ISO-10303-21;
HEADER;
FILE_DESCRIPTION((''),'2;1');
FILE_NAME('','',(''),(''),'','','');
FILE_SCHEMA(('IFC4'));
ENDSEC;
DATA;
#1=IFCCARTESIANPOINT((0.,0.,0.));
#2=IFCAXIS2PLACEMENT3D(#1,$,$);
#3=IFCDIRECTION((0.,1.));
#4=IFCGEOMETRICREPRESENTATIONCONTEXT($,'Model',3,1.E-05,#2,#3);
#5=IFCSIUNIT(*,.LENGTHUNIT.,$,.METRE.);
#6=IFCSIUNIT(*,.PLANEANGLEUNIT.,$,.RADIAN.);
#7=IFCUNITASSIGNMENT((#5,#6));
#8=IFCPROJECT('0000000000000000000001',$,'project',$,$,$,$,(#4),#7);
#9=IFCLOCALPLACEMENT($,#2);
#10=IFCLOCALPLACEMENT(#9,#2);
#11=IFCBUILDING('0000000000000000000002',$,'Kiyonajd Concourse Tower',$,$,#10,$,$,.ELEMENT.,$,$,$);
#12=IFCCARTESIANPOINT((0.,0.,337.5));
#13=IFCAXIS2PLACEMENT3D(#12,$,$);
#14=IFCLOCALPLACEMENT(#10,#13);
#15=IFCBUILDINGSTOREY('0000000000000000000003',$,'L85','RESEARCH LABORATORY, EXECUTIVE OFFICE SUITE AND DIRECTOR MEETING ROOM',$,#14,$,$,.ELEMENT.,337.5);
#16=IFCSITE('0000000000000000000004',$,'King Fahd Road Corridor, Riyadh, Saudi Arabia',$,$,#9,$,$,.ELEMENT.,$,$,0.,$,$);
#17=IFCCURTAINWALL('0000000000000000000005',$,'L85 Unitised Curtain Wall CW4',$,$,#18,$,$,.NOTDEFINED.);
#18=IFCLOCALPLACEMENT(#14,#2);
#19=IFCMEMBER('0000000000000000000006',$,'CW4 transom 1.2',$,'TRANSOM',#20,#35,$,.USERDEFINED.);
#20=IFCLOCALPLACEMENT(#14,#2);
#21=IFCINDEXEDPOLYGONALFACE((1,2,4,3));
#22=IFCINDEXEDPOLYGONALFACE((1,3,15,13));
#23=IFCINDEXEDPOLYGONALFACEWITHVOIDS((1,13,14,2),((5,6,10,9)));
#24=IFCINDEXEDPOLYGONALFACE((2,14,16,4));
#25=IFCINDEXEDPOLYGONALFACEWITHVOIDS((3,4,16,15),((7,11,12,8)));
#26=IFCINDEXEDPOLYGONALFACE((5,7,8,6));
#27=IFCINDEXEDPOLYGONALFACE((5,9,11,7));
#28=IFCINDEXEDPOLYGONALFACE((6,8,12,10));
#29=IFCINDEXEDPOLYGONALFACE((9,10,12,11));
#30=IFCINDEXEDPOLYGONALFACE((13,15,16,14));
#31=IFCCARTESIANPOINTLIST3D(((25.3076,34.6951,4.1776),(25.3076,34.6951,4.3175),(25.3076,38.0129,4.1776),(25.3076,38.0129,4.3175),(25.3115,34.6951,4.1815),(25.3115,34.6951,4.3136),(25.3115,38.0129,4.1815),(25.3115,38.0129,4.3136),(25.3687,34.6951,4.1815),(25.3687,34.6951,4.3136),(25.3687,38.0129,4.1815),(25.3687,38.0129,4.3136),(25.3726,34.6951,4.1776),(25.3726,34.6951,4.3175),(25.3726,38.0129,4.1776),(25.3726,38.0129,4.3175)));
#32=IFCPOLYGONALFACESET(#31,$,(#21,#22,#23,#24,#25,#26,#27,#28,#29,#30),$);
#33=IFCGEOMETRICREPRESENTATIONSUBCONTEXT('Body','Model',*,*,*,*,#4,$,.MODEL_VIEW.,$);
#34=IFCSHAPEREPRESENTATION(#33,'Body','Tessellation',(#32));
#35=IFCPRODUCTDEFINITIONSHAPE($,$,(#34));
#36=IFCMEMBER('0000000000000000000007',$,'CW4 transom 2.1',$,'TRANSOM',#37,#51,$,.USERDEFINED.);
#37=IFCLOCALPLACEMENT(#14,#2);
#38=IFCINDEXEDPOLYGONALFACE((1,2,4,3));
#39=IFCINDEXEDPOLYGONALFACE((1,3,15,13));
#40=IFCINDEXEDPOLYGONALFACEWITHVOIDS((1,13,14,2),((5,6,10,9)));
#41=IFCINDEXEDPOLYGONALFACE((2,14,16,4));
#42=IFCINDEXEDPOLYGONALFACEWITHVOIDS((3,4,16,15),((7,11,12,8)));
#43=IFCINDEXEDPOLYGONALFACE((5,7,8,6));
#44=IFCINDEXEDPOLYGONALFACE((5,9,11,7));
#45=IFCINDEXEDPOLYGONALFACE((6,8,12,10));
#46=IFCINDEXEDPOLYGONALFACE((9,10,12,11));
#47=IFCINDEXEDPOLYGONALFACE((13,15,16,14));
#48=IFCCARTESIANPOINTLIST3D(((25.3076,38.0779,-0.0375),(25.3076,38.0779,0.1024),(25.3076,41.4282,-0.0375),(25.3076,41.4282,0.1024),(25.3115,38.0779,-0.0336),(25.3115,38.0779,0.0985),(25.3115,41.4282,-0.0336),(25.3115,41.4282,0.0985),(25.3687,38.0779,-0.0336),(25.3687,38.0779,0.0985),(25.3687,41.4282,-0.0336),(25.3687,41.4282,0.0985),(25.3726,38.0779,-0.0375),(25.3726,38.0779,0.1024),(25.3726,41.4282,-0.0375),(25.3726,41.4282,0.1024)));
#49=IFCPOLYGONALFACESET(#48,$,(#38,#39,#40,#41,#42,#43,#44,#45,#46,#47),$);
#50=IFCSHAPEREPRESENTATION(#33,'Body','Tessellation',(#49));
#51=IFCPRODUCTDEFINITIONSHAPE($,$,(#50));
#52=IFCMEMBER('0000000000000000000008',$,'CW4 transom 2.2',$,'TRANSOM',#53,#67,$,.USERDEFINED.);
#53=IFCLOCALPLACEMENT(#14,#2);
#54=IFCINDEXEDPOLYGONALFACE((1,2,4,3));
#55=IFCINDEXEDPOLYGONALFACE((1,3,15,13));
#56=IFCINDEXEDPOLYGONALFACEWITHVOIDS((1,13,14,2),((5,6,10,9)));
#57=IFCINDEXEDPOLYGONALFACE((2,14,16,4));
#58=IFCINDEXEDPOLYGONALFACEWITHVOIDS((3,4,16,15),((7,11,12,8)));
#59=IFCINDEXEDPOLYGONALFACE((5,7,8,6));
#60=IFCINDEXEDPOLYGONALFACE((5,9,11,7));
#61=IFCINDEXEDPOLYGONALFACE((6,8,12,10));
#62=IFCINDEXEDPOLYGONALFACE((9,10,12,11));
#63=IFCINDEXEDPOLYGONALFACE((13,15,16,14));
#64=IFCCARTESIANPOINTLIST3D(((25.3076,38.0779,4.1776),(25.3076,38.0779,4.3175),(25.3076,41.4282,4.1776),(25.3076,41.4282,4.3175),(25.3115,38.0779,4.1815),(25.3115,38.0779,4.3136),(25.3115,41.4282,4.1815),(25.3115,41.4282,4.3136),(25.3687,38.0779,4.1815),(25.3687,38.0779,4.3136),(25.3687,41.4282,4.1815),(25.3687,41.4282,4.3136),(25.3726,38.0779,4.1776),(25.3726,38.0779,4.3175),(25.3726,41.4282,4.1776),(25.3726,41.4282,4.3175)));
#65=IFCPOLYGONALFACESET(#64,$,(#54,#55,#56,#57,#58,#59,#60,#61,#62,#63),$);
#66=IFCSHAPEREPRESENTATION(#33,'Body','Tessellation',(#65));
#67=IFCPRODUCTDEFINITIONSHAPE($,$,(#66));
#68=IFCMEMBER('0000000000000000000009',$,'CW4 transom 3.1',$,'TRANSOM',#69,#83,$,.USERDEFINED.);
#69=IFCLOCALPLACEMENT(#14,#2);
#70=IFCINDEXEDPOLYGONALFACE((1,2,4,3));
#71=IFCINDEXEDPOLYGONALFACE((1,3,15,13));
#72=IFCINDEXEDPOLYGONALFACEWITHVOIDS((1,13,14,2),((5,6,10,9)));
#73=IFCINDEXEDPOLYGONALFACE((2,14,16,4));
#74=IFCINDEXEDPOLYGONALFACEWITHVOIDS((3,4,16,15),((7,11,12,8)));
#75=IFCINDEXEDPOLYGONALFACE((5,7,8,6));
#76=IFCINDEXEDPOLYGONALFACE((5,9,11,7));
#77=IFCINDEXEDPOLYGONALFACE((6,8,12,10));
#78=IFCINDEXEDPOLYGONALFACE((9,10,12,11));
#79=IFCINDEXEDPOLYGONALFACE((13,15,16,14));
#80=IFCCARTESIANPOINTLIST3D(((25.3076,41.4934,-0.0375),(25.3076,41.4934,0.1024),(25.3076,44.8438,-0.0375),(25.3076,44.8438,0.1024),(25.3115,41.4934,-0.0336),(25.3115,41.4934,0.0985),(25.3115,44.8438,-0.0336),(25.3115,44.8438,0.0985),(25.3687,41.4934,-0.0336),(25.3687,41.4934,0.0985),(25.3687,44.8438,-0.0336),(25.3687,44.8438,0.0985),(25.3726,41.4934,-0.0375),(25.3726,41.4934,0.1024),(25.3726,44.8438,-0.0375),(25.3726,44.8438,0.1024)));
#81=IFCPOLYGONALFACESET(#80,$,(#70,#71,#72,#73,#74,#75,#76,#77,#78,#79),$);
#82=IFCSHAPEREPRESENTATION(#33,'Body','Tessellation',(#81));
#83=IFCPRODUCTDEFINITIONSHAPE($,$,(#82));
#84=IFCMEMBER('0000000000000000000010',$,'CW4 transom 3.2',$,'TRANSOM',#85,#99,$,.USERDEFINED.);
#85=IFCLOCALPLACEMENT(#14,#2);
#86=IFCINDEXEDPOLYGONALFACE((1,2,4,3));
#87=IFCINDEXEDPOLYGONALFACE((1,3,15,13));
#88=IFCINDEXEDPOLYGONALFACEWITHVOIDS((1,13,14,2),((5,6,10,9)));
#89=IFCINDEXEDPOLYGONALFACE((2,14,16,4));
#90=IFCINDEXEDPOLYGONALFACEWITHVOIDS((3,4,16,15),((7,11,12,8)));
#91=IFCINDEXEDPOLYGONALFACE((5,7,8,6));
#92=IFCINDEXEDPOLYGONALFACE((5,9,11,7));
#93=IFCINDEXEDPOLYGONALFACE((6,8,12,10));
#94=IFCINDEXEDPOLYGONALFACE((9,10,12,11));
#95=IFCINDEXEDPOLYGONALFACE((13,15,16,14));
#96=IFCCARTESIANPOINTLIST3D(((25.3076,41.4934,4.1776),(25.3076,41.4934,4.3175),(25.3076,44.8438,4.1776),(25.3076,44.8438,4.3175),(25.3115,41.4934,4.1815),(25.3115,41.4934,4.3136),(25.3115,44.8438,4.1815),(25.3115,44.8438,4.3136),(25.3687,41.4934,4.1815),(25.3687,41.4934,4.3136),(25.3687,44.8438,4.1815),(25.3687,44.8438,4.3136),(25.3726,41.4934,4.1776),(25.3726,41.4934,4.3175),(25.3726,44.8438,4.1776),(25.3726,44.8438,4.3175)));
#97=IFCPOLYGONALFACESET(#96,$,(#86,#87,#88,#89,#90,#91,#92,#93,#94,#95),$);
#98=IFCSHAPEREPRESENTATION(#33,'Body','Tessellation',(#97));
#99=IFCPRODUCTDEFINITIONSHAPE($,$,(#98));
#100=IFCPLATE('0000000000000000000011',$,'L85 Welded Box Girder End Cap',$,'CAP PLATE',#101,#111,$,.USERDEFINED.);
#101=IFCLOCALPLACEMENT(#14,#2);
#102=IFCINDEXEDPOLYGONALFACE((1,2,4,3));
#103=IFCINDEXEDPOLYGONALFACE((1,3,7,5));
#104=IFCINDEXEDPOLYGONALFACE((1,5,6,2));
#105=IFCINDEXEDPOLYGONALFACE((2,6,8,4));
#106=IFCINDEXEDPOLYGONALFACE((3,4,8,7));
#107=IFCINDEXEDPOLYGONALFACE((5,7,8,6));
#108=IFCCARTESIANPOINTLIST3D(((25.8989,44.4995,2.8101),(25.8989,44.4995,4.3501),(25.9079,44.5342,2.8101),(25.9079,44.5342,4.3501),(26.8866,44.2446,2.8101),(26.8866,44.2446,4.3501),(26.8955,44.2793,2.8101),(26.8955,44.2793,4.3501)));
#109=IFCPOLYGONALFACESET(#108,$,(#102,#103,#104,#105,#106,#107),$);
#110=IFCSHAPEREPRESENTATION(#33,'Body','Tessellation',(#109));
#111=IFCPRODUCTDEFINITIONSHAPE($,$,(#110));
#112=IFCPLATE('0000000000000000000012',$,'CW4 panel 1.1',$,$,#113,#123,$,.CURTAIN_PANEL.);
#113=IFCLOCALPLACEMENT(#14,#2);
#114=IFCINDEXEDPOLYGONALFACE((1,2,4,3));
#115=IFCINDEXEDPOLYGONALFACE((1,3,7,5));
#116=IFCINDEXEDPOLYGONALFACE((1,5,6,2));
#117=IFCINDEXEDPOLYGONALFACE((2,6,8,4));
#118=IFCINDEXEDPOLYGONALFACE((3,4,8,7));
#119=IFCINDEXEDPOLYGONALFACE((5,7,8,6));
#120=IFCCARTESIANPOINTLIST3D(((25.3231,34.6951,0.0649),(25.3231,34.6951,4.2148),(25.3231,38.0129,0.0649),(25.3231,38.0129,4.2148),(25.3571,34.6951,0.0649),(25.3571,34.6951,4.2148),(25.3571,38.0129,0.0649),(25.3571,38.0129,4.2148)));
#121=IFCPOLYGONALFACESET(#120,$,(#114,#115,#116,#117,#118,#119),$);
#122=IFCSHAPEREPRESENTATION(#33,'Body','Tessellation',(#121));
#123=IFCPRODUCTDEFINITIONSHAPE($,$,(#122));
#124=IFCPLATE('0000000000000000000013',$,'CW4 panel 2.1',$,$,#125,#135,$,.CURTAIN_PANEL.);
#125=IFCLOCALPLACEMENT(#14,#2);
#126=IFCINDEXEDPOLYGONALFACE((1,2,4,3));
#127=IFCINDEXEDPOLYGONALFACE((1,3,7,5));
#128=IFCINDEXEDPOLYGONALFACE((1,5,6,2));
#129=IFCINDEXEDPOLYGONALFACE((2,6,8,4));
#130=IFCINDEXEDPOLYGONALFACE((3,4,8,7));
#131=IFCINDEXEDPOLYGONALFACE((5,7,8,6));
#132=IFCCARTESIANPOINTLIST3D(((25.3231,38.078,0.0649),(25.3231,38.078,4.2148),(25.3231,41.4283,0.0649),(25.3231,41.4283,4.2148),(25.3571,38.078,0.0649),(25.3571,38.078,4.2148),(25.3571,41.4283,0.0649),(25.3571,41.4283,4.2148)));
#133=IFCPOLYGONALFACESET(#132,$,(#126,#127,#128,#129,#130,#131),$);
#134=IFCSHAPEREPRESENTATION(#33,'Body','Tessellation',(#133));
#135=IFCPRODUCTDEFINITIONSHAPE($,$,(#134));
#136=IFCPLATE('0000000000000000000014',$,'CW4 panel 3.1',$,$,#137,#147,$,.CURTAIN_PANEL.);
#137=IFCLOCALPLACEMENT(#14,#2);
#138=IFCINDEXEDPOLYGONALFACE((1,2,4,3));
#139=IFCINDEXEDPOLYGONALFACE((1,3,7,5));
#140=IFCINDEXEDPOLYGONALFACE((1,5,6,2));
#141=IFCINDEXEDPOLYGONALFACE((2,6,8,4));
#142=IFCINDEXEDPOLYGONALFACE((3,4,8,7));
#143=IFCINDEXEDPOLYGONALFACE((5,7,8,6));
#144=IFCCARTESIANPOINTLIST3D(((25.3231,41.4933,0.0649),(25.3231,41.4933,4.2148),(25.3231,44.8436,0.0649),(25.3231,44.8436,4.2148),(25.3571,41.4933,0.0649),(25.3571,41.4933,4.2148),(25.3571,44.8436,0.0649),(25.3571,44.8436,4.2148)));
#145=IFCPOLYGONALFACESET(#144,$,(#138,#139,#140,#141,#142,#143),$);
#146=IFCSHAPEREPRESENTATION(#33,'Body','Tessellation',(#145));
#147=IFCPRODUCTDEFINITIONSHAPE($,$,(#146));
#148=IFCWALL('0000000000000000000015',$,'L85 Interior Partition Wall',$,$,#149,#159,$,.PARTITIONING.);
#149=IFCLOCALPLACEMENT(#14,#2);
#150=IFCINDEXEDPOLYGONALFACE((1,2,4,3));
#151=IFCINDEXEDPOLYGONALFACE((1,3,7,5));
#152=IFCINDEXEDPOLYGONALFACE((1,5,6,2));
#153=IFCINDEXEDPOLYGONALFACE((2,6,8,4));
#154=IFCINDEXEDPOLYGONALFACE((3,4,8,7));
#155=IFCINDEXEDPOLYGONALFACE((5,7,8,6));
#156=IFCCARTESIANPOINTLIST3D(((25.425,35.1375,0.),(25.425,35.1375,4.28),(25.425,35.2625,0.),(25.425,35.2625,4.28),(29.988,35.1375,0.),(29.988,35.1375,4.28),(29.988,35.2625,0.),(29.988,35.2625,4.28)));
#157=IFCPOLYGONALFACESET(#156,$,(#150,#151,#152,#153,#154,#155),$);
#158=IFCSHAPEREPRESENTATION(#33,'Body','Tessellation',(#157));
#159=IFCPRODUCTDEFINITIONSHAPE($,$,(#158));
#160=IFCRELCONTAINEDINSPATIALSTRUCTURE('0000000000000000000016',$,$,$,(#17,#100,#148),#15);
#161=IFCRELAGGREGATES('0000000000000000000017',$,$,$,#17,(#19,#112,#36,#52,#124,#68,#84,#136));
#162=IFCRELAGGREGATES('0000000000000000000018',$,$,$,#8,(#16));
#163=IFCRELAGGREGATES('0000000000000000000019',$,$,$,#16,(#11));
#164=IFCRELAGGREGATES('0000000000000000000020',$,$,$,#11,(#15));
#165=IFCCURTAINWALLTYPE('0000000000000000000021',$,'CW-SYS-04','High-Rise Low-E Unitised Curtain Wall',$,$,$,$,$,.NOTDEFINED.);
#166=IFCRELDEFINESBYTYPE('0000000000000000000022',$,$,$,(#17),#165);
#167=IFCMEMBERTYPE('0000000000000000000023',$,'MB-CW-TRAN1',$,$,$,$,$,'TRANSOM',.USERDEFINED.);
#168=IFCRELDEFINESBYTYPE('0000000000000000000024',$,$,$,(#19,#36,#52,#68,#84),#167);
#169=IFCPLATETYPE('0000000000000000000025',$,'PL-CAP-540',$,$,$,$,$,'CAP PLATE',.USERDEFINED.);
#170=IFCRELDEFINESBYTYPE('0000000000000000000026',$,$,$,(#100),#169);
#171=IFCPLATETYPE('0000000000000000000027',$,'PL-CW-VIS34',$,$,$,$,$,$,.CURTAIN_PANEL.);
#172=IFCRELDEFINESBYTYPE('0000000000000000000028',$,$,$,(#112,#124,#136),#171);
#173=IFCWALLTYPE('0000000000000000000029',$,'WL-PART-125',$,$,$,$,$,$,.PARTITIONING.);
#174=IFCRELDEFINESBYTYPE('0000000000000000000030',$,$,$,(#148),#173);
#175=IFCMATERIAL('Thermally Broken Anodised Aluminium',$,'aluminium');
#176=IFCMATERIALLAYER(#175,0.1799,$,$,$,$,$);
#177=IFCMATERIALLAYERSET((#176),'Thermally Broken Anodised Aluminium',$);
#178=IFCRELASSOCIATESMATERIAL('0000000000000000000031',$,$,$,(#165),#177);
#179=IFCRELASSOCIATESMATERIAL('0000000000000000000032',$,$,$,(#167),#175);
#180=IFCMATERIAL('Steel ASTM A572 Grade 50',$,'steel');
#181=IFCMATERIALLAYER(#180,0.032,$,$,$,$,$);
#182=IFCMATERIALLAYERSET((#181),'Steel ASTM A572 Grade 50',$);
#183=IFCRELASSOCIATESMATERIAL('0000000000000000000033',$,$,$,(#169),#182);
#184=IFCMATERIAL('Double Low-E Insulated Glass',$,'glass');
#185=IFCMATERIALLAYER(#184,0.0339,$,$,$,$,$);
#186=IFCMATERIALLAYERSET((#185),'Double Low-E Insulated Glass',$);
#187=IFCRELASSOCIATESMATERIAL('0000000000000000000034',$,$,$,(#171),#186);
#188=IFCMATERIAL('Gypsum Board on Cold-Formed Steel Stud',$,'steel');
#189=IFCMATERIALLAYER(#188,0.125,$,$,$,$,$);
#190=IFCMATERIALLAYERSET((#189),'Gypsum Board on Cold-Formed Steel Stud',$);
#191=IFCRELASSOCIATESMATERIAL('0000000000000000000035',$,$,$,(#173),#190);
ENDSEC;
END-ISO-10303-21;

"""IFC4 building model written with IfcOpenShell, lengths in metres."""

from ifc_helpers import new_model, si_unit, direction, frame, frame_2d, origin, origin_2d, place, context, subcontext, project, spatial, rectangle, hollow_rectangle, extrude, material, layer, layer_set, material_profile, profile_set, type_object, element, aggregate, save


model = new_model("IFC4")

# Units and contexts
model_context = context("Model", 3, precision=1e-05, world=origin(), true_north=direction((0.0, 1.0)))
body_context = subcontext(model_context, "Body", "Model", "MODEL_VIEW")
ifc_project = project(units=[si_unit("LENGTHUNIT", "METRE"), si_unit("PLANEANGLEUNIT", "RADIAN")], contexts=[model_context])

# Site, building, storey
site_placement = place(None, origin())
site = spatial("IfcSite", under=ifc_project, at=site_placement, Name="King Fahd Road Corridor, Riyadh, Saudi Arabia", CompositionType="ELEMENT", RefElevation=0.0)
building_placement = place(site_placement, origin())
building = spatial("IfcBuilding", under=site, at=building_placement, Name="Kiyonajd Concourse Tower", CompositionType="ELEMENT")
storey_placement = place(building_placement, frame((0.0, 0.0, 337.5)))
storey = spatial("IfcBuildingStorey", under=building, at=storey_placement, Name="L85", Description="RESEARCH LABORATORY, EXECUTIVE OFFICE SUITE AND DIRECTOR MEETING ROOM", CompositionType="ELEMENT", Elevation=337.5)

# Curtain wall, members
ifc_material_1 = material(Name="Thermally Broken Anodised Aluminium", Category="aluminium")
ifc_layer_1 = layer(ifc_material_1, 0.1799)
ifc_layer_set_1 = layer_set([ifc_layer_1], Name="Thermally Broken Anodised Aluminium")
curtain_wall_type = type_object("IfcCurtainWallType", Name="CW-SYS-04", Description="High-Rise Low-E Unitised Curtain Wall", PredefinedType="NOTDEFINED", material=ifc_layer_set_1)
curtain_wall_placement = place(storey_placement, origin())
curtain_wall = element("IfcCurtainWall", 1, at=curtain_wall_placement, inside=storey, type_object=curtain_wall_type, Name="L85 Unitised Curtain Wall CW4", PredefinedType="NOTDEFINED")
ifc_material_profile_1 = material_profile(ifc_material_1, hollow_rectangle(XDim=0.0649, YDim=0.1399, WallThickness=0.0039, at=origin_2d()), Name="TRAN-65x140")
ifc_profile_set_1 = profile_set([ifc_material_profile_1], Name="Thermally Broken Anodised Aluminium")
member_type_1 = type_object("IfcMemberType", Name="MB-CW-TRAN1", ElementType="TRANSOM", PredefinedType="USERDEFINED", material=ifc_profile_set_1)
member_1_placement = place(storey_placement, frame((25.3401, 34.6951, 4.2476), z_axis=(0.0, 1.0, 0.0), x_axis=(-1.0, 0.0, 0.0)))
member_1 = element("IfcMember", 2, at=member_1_placement, type_object=member_type_1, Name="CW4 transom 1.2", ObjectType="TRANSOM", PredefinedType="USERDEFINED", context=body_context, shape_type="SweptSolid", body=[
    extrude(hollow_rectangle(XDim=0.0649, YDim=0.1399, WallThickness=0.0039, at=origin_2d()), origin(), (0.0, 0.0, 1.0), 3.3179),
])
member_2_placement = place(storey_placement, frame((25.3401, 38.0779, 0.0325), z_axis=(0.0, 1.0, 0.0), x_axis=(-1.0, 0.0, 0.0)))
member_2 = element("IfcMember", 3, at=member_2_placement, type_object=member_type_1, Name="CW4 transom 2.1", ObjectType="TRANSOM", PredefinedType="USERDEFINED", context=body_context, shape_type="SweptSolid", body=[
    extrude(hollow_rectangle(XDim=0.0649, YDim=0.1399, WallThickness=0.0039, at=origin_2d()), origin(), (0.0, 0.0, 1.0), 3.3503),
])
member_3_placement = place(storey_placement, frame((25.3401, 38.0779, 4.2476), z_axis=(0.0, 1.0, 0.0), x_axis=(-1.0, 0.0, 0.0)))
member_3 = element("IfcMember", 4, at=member_3_placement, type_object=member_type_1, Name="CW4 transom 2.2", ObjectType="TRANSOM", PredefinedType="USERDEFINED", context=body_context, shape_type="SweptSolid", body=[
    extrude(hollow_rectangle(XDim=0.0649, YDim=0.1399, WallThickness=0.0039, at=origin_2d()), origin(), (0.0, 0.0, 1.0), 3.3503),
])
member_4_placement = place(storey_placement, frame((25.3401, 41.4934, 0.0325), z_axis=(0.0, 1.0, 0.0), x_axis=(-1.0, 0.0, 0.0)))
member_4 = element("IfcMember", 5, at=member_4_placement, type_object=member_type_1, Name="CW4 transom 3.1", ObjectType="TRANSOM", PredefinedType="USERDEFINED", context=body_context, shape_type="SweptSolid", body=[
    extrude(hollow_rectangle(XDim=0.0649, YDim=0.1399, WallThickness=0.0039, at=origin_2d()), origin(), (0.0, 0.0, 1.0), 3.3503),
])
member_5_placement = place(storey_placement, frame((25.3401, 41.4934, 4.2476), z_axis=(0.0, 1.0, 0.0), x_axis=(-1.0, 0.0, 0.0)))
member_5 = element("IfcMember", 6, at=member_5_placement, type_object=member_type_1, Name="CW4 transom 3.2", ObjectType="TRANSOM", PredefinedType="USERDEFINED", context=body_context, shape_type="SweptSolid", body=[
    extrude(hollow_rectangle(XDim=0.0649, YDim=0.1399, WallThickness=0.0039, at=origin_2d()), origin(), (0.0, 0.0, 1.0), 3.3503),
])

# Plates
ifc_material_2 = material(Name="Steel ASTM A572 Grade 50", Category="steel")
ifc_layer_2 = layer(ifc_material_2, 0.032)
ifc_layer_set_2 = layer_set([ifc_layer_2], Name="Steel ASTM A572 Grade 50")
plate_type_1 = type_object("IfcPlateType", Name="PL-CAP-540", ElementType="CAP PLATE", PredefinedType="USERDEFINED", material=ifc_layer_set_2)
plate_1_placement = place(storey_placement, frame((26.3972, 44.3894, 2.8101), z_axis=(0.0, 0.0, 1.0), x_axis=(-0.249873, -0.968279, 0.0)))
element("IfcPlate", 7, at=plate_1_placement, inside=storey, type_object=plate_type_1, Name="L85 Welded Box Girder End Cap", ObjectType="CAP PLATE", PredefinedType="USERDEFINED", context=body_context, shape_type="SweptSolid", body=[
    extrude(rectangle(XDim=0.0359, YDim=1.02, at=origin_2d()), origin(), (0.0, 0.0, 1.0), 1.54),
])
ifc_material_3 = material(Name="Double Low-E Insulated Glass", Category="glass")
ifc_layer_3 = layer(ifc_material_3, 0.0339)
ifc_layer_set_3 = layer_set([ifc_layer_3], Name="Double Low-E Insulated Glass")
plate_type_2 = type_object("IfcPlateType", Name="PL-CW-VIS34", PredefinedType="CURTAIN_PANEL", material=ifc_layer_set_3)
plate_2_placement = place(storey_placement, frame((25.3401, 36.354, 0.0649), z_axis=(0.0, 0.0, 1.0), x_axis=(0.0, 1.0, 0.0)))
plate_2 = element("IfcPlate", 8, at=plate_2_placement, type_object=plate_type_2, Name="CW4 panel 1.1", PredefinedType="CURTAIN_PANEL", context=body_context, shape_type="SweptSolid", body=[
    extrude(rectangle(XDim=3.3179, YDim=0.0339, at=origin_2d()), origin(), (0.0, 0.0, 1.0), 4.1499),
])
plate_3_placement = place(storey_placement, frame((25.3401, 39.7532, 0.0649), z_axis=(0.0, 0.0, 1.0), x_axis=(0.0, 1.0, 0.0)))
plate_3 = element("IfcPlate", 9, at=plate_3_placement, type_object=plate_type_2, Name="CW4 panel 2.1", PredefinedType="CURTAIN_PANEL", context=body_context, shape_type="SweptSolid", body=[
    extrude(rectangle(XDim=3.3503, YDim=0.0339, at=origin_2d()), origin(), (0.0, 0.0, 1.0), 4.1499),
])
plate_4_placement = place(storey_placement, frame((25.3401, 43.1685, 0.0649), z_axis=(0.0, 0.0, 1.0), x_axis=(0.0, 1.0, 0.0)))
plate_4 = element("IfcPlate", 10, at=plate_4_placement, type_object=plate_type_2, Name="CW4 panel 3.1", PredefinedType="CURTAIN_PANEL", context=body_context, shape_type="SweptSolid", body=[
    extrude(rectangle(XDim=3.3503, YDim=0.0339, at=origin_2d()), origin(), (0.0, 0.0, 1.0), 4.1499),
])
aggregate(curtain_wall, [member_1, plate_2, member_2, member_3, plate_3, member_4, member_5, plate_4])

# Wall
ifc_material_4 = material(Name="Gypsum Board on Cold-Formed Steel Stud", Category="steel")
ifc_layer_4 = layer(ifc_material_4, 0.125)
ifc_layer_set_4 = layer_set([ifc_layer_4], Name="Gypsum Board on Cold-Formed Steel Stud")
wall_type = type_object("IfcWallType", Name="WL-PART-125", PredefinedType="PARTITIONING", material=ifc_layer_set_4)
wall_placement = place(storey_placement, frame((25.425, 35.2, 0.0), z_axis=(0.0, 0.0, 1.0), x_axis=(1.0, 0.0, 0.0)))
element("IfcWall", 11, at=wall_placement, inside=storey, type_object=wall_type, Name="L85 Interior Partition Wall", PredefinedType="PARTITIONING", context=body_context, shape_type="SweptSolid", body=[
    extrude(rectangle(XDim=4.563, YDim=0.125, at=frame_2d((2.2815, 0.0))), origin(), (0.0, 0.0, 1.0), 4.28),
])

save(model, "model.ifc")
